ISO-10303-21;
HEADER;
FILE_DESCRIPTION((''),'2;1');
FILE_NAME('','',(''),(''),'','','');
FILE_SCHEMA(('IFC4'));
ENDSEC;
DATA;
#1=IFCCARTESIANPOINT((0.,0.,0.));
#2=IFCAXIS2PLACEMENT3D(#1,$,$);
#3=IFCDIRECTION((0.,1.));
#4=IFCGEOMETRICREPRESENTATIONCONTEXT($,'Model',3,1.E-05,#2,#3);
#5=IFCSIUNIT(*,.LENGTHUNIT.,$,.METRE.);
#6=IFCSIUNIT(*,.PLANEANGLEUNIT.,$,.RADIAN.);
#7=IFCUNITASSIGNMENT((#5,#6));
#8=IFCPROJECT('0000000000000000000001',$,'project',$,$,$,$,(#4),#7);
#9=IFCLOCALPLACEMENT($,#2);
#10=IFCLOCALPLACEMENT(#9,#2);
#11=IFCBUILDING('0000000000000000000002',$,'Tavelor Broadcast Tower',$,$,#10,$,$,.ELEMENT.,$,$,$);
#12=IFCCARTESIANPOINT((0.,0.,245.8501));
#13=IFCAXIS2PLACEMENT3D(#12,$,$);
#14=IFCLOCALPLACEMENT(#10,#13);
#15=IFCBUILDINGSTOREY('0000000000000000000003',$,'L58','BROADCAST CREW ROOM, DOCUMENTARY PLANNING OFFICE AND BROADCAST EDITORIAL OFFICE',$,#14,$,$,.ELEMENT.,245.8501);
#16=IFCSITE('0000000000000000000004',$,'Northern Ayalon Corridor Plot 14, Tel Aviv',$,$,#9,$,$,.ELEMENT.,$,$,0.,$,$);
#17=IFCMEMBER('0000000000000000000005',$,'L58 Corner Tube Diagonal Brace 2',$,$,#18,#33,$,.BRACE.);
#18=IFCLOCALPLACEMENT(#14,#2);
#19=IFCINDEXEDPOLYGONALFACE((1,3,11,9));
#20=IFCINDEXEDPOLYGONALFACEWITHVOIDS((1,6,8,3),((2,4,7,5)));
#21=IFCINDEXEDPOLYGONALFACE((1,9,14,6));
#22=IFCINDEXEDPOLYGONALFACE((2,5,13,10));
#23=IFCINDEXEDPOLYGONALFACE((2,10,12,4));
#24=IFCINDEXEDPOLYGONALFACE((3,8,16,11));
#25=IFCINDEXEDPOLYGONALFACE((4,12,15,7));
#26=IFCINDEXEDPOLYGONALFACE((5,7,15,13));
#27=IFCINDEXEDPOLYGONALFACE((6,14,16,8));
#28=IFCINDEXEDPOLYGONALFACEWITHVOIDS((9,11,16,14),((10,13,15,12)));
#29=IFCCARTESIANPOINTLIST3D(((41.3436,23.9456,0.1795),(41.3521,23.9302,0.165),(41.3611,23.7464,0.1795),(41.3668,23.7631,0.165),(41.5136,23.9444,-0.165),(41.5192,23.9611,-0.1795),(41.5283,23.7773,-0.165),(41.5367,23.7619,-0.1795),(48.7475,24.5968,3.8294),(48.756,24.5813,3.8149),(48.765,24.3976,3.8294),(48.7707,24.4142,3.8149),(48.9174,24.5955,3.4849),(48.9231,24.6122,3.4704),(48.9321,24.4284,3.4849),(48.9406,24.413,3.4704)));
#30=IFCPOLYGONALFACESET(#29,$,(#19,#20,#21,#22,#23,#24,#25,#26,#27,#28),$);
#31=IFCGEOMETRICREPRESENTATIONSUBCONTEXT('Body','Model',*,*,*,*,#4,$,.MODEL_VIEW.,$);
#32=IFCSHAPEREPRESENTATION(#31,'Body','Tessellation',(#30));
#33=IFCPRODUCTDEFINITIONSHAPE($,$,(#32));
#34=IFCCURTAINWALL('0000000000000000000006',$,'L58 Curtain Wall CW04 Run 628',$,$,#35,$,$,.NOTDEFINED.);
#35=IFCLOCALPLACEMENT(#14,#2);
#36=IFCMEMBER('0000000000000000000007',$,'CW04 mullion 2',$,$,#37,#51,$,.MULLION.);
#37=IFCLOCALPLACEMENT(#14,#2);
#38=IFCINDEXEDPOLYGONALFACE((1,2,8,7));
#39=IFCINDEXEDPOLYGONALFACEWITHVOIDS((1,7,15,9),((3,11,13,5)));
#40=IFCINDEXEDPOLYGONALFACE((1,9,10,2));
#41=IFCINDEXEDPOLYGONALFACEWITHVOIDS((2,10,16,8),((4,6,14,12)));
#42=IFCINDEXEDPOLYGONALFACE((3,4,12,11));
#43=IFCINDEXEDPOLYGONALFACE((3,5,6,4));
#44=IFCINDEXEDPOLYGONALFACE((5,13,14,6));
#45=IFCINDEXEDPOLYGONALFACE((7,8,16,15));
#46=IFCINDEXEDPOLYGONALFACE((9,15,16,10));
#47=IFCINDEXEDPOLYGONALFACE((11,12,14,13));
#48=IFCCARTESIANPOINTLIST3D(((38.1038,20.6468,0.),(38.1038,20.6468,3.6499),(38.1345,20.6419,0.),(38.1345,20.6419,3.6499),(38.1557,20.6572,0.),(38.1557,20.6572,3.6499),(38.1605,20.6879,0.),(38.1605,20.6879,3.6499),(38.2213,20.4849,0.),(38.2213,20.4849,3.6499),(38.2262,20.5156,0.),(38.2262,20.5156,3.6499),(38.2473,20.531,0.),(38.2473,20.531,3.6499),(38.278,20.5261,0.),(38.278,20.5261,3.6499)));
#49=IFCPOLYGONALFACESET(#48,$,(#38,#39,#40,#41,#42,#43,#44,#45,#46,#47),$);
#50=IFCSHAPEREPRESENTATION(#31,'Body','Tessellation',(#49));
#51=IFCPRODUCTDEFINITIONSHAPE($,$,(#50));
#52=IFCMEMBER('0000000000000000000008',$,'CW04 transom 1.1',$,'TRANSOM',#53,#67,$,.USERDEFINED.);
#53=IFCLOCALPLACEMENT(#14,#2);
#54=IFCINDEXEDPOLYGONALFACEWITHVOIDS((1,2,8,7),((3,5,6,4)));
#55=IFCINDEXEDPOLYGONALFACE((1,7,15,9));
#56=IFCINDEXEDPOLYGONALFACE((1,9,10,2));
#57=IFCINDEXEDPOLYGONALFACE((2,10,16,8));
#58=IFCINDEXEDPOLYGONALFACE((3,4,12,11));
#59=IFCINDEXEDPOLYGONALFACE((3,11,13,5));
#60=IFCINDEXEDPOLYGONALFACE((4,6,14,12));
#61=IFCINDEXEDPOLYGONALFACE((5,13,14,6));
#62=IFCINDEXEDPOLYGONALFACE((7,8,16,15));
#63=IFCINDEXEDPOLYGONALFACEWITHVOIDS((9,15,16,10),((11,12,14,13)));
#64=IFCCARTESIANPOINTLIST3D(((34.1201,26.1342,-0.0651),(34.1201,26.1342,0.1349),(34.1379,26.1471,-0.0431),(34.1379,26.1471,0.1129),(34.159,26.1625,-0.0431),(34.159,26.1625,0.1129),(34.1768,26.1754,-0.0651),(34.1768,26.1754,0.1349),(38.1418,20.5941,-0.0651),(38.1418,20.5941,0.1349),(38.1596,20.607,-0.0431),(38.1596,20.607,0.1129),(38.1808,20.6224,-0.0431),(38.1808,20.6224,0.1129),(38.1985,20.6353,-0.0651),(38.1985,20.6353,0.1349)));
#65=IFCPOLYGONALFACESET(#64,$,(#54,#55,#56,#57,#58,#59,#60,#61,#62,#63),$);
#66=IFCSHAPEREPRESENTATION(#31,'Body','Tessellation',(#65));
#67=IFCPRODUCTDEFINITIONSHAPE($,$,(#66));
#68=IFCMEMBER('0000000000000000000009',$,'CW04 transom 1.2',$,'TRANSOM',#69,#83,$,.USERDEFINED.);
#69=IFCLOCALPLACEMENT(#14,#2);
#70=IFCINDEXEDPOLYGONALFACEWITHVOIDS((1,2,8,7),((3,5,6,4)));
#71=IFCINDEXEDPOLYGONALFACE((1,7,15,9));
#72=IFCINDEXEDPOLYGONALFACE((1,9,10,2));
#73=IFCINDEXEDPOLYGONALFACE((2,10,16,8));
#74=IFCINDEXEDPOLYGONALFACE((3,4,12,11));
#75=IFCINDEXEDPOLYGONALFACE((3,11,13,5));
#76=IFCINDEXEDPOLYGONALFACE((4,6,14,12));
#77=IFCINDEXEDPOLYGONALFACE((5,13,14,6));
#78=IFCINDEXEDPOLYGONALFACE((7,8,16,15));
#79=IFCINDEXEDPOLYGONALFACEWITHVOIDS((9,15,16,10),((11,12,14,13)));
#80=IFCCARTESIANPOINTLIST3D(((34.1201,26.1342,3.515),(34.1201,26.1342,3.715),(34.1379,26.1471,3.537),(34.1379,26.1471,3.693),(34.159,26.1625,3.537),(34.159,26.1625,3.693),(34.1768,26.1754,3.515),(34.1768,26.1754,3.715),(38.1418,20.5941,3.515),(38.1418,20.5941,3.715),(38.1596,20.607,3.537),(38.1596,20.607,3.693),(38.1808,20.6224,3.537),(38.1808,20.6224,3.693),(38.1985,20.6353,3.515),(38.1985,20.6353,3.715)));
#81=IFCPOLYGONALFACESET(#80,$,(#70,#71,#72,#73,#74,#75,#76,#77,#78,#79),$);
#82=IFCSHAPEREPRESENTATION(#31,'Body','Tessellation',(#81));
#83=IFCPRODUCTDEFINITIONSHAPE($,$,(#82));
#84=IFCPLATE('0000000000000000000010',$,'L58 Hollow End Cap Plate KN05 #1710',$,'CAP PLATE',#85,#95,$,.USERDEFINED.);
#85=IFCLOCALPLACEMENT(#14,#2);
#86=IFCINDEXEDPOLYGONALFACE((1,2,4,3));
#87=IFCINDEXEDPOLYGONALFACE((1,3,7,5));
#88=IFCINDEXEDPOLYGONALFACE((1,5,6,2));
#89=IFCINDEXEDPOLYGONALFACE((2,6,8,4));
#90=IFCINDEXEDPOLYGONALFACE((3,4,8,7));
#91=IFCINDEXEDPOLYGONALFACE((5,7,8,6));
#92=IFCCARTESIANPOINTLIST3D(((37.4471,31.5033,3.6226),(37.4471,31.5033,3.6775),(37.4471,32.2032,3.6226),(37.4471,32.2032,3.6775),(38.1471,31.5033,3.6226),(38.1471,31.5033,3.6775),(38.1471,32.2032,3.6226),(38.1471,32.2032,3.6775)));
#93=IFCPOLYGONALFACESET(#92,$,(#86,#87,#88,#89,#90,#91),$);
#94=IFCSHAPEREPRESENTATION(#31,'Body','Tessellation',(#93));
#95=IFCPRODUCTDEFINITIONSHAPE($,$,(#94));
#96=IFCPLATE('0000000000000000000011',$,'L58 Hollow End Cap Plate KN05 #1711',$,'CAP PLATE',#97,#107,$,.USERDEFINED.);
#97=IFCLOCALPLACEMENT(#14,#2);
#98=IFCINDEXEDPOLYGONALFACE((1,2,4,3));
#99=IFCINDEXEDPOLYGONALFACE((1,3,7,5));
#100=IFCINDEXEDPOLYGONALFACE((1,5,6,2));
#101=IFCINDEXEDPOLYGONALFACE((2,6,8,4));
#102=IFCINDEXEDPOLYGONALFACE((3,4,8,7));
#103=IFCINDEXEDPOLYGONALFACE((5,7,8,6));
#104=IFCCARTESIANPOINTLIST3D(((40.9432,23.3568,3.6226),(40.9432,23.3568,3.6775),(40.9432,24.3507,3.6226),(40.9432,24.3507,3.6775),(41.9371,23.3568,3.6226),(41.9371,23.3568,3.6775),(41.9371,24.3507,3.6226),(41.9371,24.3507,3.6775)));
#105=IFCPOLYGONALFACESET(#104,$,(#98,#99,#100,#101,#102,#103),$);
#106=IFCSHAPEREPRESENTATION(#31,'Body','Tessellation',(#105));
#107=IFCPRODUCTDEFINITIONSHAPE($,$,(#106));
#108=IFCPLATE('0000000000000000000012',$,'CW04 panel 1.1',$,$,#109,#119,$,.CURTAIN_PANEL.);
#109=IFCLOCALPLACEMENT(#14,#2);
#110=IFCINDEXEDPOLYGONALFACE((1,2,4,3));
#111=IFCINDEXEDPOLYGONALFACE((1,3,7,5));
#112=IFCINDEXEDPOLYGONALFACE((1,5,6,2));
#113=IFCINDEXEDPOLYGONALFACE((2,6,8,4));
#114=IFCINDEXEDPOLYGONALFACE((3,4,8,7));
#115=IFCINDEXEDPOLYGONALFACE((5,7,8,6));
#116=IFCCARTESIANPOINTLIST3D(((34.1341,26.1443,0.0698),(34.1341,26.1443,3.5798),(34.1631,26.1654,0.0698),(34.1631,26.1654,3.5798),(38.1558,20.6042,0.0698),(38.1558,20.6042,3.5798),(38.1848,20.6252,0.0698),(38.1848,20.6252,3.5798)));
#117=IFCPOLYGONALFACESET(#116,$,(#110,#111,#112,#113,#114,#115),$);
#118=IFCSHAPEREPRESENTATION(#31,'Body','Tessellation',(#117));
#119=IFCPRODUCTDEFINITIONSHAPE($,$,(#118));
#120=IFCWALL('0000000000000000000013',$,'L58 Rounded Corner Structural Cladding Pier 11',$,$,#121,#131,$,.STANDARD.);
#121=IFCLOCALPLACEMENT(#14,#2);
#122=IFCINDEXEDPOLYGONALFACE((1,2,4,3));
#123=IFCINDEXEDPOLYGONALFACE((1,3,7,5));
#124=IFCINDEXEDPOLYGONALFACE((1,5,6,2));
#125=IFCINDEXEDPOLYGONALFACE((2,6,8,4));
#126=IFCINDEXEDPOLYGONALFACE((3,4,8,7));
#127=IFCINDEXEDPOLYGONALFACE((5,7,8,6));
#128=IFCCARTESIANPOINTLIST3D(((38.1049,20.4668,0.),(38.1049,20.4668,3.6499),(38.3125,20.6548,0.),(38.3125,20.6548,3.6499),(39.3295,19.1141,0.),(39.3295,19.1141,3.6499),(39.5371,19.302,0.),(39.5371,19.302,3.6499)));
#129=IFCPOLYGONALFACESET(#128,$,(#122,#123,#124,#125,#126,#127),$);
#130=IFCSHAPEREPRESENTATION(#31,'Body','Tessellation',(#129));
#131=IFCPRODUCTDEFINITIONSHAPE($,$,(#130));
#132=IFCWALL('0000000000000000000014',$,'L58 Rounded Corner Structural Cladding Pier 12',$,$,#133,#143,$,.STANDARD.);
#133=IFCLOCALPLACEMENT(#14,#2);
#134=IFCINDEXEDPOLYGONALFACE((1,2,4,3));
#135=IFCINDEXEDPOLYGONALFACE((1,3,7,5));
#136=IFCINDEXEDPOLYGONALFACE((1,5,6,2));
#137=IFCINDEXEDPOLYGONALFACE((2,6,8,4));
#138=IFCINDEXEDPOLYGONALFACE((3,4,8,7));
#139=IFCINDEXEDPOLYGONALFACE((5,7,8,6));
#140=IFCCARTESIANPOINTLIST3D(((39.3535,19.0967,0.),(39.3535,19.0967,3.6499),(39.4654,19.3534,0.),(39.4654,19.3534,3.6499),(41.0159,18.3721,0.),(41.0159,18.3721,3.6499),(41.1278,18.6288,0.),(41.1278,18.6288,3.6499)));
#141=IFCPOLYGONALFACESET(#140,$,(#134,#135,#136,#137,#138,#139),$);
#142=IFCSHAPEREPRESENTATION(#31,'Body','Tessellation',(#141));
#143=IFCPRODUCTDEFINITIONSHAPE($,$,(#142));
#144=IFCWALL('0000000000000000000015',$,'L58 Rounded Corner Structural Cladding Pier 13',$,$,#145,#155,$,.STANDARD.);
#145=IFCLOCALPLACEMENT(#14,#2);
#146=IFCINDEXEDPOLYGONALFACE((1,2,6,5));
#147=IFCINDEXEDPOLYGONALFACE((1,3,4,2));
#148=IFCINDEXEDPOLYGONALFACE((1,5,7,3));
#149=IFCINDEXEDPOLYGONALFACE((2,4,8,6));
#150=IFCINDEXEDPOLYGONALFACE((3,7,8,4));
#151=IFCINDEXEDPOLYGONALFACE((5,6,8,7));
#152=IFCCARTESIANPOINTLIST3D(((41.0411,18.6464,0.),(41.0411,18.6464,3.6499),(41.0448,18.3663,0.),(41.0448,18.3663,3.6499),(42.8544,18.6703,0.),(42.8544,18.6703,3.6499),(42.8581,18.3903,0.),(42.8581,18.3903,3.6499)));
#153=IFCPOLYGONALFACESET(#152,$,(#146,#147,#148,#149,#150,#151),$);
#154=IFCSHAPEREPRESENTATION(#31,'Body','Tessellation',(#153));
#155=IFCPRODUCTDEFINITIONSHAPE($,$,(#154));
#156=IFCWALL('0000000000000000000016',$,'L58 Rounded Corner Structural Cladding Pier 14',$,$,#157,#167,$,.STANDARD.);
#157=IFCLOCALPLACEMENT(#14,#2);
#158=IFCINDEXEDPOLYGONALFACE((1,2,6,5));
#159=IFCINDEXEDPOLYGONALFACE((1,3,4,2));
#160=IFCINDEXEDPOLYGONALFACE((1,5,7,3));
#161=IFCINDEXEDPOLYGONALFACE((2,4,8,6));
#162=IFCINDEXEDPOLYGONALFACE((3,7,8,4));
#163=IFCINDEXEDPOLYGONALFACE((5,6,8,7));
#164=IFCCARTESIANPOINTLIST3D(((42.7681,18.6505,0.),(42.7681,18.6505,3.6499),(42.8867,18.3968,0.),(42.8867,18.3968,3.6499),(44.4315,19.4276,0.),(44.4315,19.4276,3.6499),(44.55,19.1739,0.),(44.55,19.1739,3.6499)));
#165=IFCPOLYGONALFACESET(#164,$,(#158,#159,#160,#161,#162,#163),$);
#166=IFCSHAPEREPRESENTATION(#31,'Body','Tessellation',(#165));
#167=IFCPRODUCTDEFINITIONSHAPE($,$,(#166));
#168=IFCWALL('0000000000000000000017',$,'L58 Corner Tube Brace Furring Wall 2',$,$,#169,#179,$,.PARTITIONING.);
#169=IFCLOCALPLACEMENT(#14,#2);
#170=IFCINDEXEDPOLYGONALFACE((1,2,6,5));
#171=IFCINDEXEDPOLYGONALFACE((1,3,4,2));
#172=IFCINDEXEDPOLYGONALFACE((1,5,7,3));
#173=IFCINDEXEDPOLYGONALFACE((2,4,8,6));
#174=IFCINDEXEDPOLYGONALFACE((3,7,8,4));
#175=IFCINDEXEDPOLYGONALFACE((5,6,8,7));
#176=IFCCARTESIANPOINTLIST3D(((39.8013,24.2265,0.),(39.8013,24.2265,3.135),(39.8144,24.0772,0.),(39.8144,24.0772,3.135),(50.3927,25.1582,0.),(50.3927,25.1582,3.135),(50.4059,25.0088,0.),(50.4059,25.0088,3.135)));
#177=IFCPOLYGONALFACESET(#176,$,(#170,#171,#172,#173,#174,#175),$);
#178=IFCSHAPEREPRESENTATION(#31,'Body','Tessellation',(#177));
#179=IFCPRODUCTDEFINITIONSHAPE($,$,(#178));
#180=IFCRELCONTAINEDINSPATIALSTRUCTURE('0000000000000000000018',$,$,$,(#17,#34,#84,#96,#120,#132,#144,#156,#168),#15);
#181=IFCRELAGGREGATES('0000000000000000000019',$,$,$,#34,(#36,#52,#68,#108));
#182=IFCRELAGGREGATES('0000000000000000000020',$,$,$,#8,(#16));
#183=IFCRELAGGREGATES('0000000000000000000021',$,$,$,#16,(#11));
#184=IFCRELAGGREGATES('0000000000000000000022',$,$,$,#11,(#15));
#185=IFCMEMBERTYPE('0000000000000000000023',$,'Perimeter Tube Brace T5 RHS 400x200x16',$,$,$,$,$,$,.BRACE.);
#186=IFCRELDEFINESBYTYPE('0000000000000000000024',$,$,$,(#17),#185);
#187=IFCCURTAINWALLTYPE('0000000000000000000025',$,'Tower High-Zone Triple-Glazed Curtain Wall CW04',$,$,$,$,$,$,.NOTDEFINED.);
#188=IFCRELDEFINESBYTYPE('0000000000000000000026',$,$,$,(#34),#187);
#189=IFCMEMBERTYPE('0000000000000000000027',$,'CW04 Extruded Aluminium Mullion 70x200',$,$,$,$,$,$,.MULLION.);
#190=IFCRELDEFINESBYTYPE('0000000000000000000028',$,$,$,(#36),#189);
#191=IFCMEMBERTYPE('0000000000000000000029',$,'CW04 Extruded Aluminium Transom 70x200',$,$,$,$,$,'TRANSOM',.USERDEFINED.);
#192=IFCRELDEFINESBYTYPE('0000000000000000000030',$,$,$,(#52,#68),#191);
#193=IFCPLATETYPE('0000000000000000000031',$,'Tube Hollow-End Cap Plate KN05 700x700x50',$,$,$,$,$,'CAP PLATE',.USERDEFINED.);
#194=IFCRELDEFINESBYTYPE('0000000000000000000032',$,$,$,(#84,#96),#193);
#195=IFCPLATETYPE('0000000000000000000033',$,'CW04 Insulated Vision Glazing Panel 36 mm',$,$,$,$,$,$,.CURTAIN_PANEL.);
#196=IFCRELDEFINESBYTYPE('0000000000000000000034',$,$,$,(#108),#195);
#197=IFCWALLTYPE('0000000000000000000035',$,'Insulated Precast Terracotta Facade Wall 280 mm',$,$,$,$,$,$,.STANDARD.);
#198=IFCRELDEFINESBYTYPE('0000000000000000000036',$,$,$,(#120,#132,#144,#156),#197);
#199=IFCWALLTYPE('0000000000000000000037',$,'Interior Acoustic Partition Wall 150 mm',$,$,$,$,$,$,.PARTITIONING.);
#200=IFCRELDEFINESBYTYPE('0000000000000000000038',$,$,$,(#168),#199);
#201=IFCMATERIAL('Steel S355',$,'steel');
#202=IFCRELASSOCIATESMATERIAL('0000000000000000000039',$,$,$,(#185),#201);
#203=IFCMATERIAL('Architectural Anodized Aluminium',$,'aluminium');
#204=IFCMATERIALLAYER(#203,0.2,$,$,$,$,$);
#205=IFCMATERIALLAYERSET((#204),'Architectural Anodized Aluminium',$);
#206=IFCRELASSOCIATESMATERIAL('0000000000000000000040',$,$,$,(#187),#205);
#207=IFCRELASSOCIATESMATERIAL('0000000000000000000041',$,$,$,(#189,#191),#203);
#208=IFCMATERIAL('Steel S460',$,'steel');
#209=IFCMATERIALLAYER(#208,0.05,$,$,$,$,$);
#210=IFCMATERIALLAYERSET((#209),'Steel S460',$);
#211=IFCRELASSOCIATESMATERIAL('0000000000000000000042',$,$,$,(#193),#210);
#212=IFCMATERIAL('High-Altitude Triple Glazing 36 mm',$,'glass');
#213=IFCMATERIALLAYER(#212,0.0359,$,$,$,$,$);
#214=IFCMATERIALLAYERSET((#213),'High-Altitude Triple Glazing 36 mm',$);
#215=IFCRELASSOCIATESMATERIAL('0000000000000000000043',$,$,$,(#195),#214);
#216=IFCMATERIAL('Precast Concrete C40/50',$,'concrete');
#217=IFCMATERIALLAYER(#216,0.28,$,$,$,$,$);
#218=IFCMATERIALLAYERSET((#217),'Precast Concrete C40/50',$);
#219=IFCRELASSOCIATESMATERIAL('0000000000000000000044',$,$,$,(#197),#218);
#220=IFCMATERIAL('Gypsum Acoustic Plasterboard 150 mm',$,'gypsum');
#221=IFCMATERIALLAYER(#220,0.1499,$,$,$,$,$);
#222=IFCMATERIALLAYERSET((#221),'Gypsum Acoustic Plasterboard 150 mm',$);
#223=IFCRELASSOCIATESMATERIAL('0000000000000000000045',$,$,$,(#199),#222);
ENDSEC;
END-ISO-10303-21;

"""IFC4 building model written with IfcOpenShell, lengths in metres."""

from ifc_helpers import new_model, si_unit, direction, frame, frame_2d, origin, origin_2d, place, context, subcontext, project, spatial, rectangle, hollow_rectangle, extrude, source, transform, mapped, material, layer, layer_set, material_profile, profile_set, type_object, type_shapes, element, aggregate, save


model = new_model("IFC4")

# Units and contexts
model_context = context("Model", 3, precision=1e-05, world=origin(), true_north=direction((0.0, 1.0)))
body_context = subcontext(model_context, "Body", "Model", "MODEL_VIEW")
ifc_project = project(units=[si_unit("LENGTHUNIT", "METRE"), si_unit("PLANEANGLEUNIT", "RADIAN")], contexts=[model_context])

# Site, building, storey
site_placement = place(None, origin())
site = spatial("IfcSite", under=ifc_project, at=site_placement, Name="Northern Ayalon Corridor Plot 14, Tel Aviv", CompositionType="ELEMENT", RefElevation=0.0)
building_placement = place(site_placement, origin())
building = spatial("IfcBuilding", under=site, at=building_placement, Name="Tavelor Broadcast Tower", CompositionType="ELEMENT")
storey_placement = place(building_placement, frame((0.0, 0.0, 245.8501)))
storey = spatial("IfcBuildingStorey", under=building, at=storey_placement, Name="L58", Description="BROADCAST CREW ROOM, DOCUMENTARY PLANNING OFFICE AND BROADCAST EDITORIAL OFFICE", CompositionType="ELEMENT", Elevation=245.8501)

# Shared definitions
ifc_material_1 = material(Name="Steel S460", Category="steel")

# Shared definitions
ifc_material_2 = material(Name="Steel S355", Category="steel")

# Member
ifc_material_profile_1 = material_profile(ifc_material_2, hollow_rectangle(XDim=0.2, YDim=0.3999, WallThickness=0.0161, at=origin_2d()), Name="RHS 400x200x16")
ifc_profile_set_1 = profile_set([ifc_material_profile_1], Name="Steel S355")
member_type_1 = type_object("IfcMemberType", Name="Perimeter Tube Brace T5 RHS 400x200x16", PredefinedType="BRACE", material=ifc_profile_set_1)
member_1_placement = place(storey_placement, frame((41.4402, 23.8538, 0.0), z_axis=(0.894155, 0.078636, 0.440797), x_axis=(-0.087606, 0.996155, 0.0)))
element("IfcMember", 1, at=member_1_placement, inside=storey, type_object=member_type_1, Name="L58 Corner Tube Diagonal Brace 2", PredefinedType="BRACE", context=body_context, shape_type="SweptSolid", body=[
    extrude(hollow_rectangle(XDim=0.2, YDim=0.3999, WallThickness=0.0161, at=origin_2d()), origin(), (0.0, 0.0, 1.0), 8.2803),
])

# Curtain wall, members
ifc_material_3 = material(Name="Architectural Anodized Aluminium", Category="aluminium")
ifc_layer_1 = layer(ifc_material_3, 0.2)
ifc_layer_set_1 = layer_set([ifc_layer_1], Name="Architectural Anodized Aluminium")
curtain_wall_type = type_object("IfcCurtainWallType", Name="Tower High-Zone Triple-Glazed Curtain Wall CW04", PredefinedType="NOTDEFINED", material=ifc_layer_set_1)
curtain_wall_placement = place(storey_placement, origin())
curtain_wall = element("IfcCurtainWall", 2, at=curtain_wall_placement, inside=storey, type_object=curtain_wall_type, Name="L58 Curtain Wall CW04 Run 628", PredefinedType="NOTDEFINED")
ifc_material_profile_2 = material_profile(ifc_material_3, hollow_rectangle(XDim=0.0701, YDim=0.2, WallThickness=0.022, at=origin_2d()), Name="RHS 70x200x22")
ifc_profile_set_2 = profile_set([ifc_material_profile_2], Name="Architectural Anodized Aluminium")
member_type_2 = type_object("IfcMemberType", Name="CW04 Extruded Aluminium Mullion 70x200", PredefinedType="MULLION", material=ifc_profile_set_2)
shared_shape_1 = source(origin(), body_context, "Body", "SweptSolid", [
    extrude(hollow_rectangle(XDim=0.0701, YDim=0.2, WallThickness=0.022, at=origin_2d()), origin(), (0.0, 0.0, 1.0), 3.6499),
])
type_shapes(member_type_2, [shared_shape_1])
member_2_placement = place(storey_placement, frame((38.1909, 20.5864, 0.0), z_axis=(0.0, 0.0, 1.0), x_axis=(0.809256, 0.587457, 0.0)))
member_2 = element("IfcMember", 3, at=member_2_placement, type_object=member_type_2, Name="CW04 mullion 2", PredefinedType="MULLION", context=body_context, shape_type="MappedRepresentation", body=[
    mapped(shared_shape_1, transform((0.0, 0.0, 0.0), scale=1.0)),
])
ifc_material_profile_3 = material_profile(ifc_material_3, hollow_rectangle(XDim=0.0701, YDim=0.2, WallThickness=0.022, at=origin_2d()), Name="RHS 70x200x22")
ifc_profile_set_3 = profile_set([ifc_material_profile_3], Name="Architectural Anodized Aluminium")
member_type_3 = type_object("IfcMemberType", Name="CW04 Extruded Aluminium Transom 70x200", ElementType="TRANSOM", PredefinedType="USERDEFINED", material=ifc_profile_set_3)
shared_shape_2 = source(origin(), body_context, "Body", "SweptSolid", [
    extrude(hollow_rectangle(XDim=0.0701, YDim=0.2, WallThickness=0.022, at=origin_2d()), origin(), (0.0, 0.0, 1.0), 6.8459),
])
type_shapes(member_type_3, [shared_shape_2])
member_3_placement = place(storey_placement, frame((34.1484, 26.1548, 0.0349), z_axis=(0.587465, -0.809249, 0.0), x_axis=(0.809249, 0.587465, 0.0)))
member_3 = element("IfcMember", 4, at=member_3_placement, type_object=member_type_3, Name="CW04 transom 1.1", ObjectType="TRANSOM", PredefinedType="USERDEFINED", context=body_context, shape_type="MappedRepresentation", body=[
    mapped(shared_shape_2, transform((0.0, 0.0, 0.0), scale=1.0)),
])
member_4_placement = place(storey_placement, frame((34.1484, 26.1548, 3.615), z_axis=(0.587465, -0.809249, 0.0), x_axis=(0.809249, 0.587465, 0.0)))
member_4 = element("IfcMember", 5, at=member_4_placement, type_object=member_type_3, Name="CW04 transom 1.2", ObjectType="TRANSOM", PredefinedType="USERDEFINED", context=body_context, shape_type="MappedRepresentation", body=[
    mapped(shared_shape_2, transform((0.0, 0.0, 0.0), scale=1.0)),
])

# Plates
ifc_layer_2 = layer(ifc_material_1, 0.05)
ifc_layer_set_2 = layer_set([ifc_layer_2], Name="Steel S460")
plate_type_1 = type_object("IfcPlateType", Name="Tube Hollow-End Cap Plate KN05 700x700x50", ElementType="CAP PLATE", PredefinedType="USERDEFINED", material=ifc_layer_set_2)
shared_shape_3 = source(origin(), body_context, "Body", "SweptSolid", [
    extrude(rectangle(XDim=0.7, YDim=0.7, at=origin_2d()), origin(), (0.0, 0.0, 1.0), 0.0549),
])
plate_1_placement = place(storey_placement, frame((37.7971, 31.8533, 3.6226), z_axis=(0.0, 0.0, 1.0), x_axis=(1.0, 0.0, 0.0)))
element("IfcPlate", 6, at=plate_1_placement, inside=storey, type_object=plate_type_1, Name="L58 Hollow End Cap Plate KN05 #1710", ObjectType="CAP PLATE", PredefinedType="USERDEFINED", context=body_context, shape_type="MappedRepresentation", body=[
    mapped(shared_shape_3, transform((0.0, 0.0, 0.0), scale=1.0)),
])
shared_shape_4 = source(origin(), body_context, "Body", "SweptSolid", [
    extrude(rectangle(XDim=0.9939, YDim=0.9939, at=origin_2d()), origin(), (0.0, 0.0, 1.0), 0.0549),
])
type_shapes(plate_type_1, [shared_shape_3, shared_shape_4])
plate_2_placement = place(storey_placement, frame((41.4402, 23.8538, 3.6226), z_axis=(0.0, 0.0, 1.0), x_axis=(1.0, 0.0, 0.0)))
element("IfcPlate", 7, at=plate_2_placement, inside=storey, type_object=plate_type_1, Name="L58 Hollow End Cap Plate KN05 #1711", ObjectType="CAP PLATE", PredefinedType="USERDEFINED", context=body_context, shape_type="MappedRepresentation", body=[
    mapped(shared_shape_4, transform((0.0, 0.0, 0.0), scale=1.0)),
])

# Plate
ifc_material_4 = material(Name="High-Altitude Triple Glazing 36 mm", Category="glass")
ifc_layer_3 = layer(ifc_material_4, 0.0359)
ifc_layer_set_3 = layer_set([ifc_layer_3], Name="High-Altitude Triple Glazing 36 mm")
plate_type_2 = type_object("IfcPlateType", Name="CW04 Insulated Vision Glazing Panel 36 mm", PredefinedType="CURTAIN_PANEL", material=ifc_layer_set_3)
shared_shape_5 = source(origin(), body_context, "Body", "SweptSolid", [
    extrude(rectangle(XDim=6.8459, YDim=0.0359, at=origin_2d()), origin(), (0.0, 0.0, 1.0), 3.51),
])
type_shapes(plate_type_2, [shared_shape_5])
plate_3_placement = place(storey_placement, frame((36.1594, 23.3848, 0.0698), z_axis=(0.0, 0.0, 1.0), x_axis=(0.587457, -0.809256, 0.0)))
plate_3 = element("IfcPlate", 8, at=plate_3_placement, type_object=plate_type_2, Name="CW04 panel 1.1", PredefinedType="CURTAIN_PANEL", context=body_context, shape_type="MappedRepresentation", body=[
    mapped(shared_shape_5, transform((0.0, 0.0, 0.0), scale=1.0)),
])
aggregate(curtain_wall, [member_2, member_3, member_4, plate_3])

# Walls
ifc_material_5 = material(Name="Precast Concrete C40/50", Category="concrete")
ifc_layer_4 = layer(ifc_material_5, 0.28)
ifc_layer_set_4 = layer_set([ifc_layer_4], Name="Precast Concrete C40/50")
wall_type_1 = type_object("IfcWallType", Name="Insulated Precast Terracotta Facade Wall 280 mm", PredefinedType="STANDARD", material=ifc_layer_set_4)
wall_1_placement = place(storey_placement, frame((38.2087, 20.5608, 0.0), z_axis=(0.0, 0.0, 1.0), x_axis=(0.671113, -0.741355, 0.0)))
element("IfcWall", 9, at=wall_1_placement, inside=storey, type_object=wall_type_1, Name="L58 Rounded Corner Structural Cladding Pier 11", PredefinedType="STANDARD", context=body_context, shape_type="SweptSolid", body=[
    extrude(rectangle(XDim=1.8247, YDim=0.28, at=frame_2d((0.9124, 0.0))), origin(), (0.0, 0.0, 1.0), 3.6499),
])
for number, where, z_axis, x_axis, name in (
    (10, (39.4094, 19.2251, 0.0), (0.0, 0.0, 1.0), (0.916697, -0.399583, 0.0), "L58 Rounded Corner Structural Cladding Pier 12"),
    (11, (41.043, 18.5063, 0.0), (0.0, 0.0, 1.0), (0.999913, 0.013194, 0.0), "L58 Rounded Corner Structural Cladding Pier 13"),
):
    element("IfcWall", number, at=place(storey_placement, frame(where, z_axis=z_axis, x_axis=x_axis)), inside=storey, type_object=wall_type_1, Name=name, PredefinedType="STANDARD", context=body_context, shape_type="SweptSolid", body=[
        extrude(rectangle(XDim=1.8135, YDim=0.28, at=frame_2d((0.9067, 0.0))), origin(), (0.0, 0.0, 1.0), 3.6499),
    ])
wall_2_placement = place(storey_placement, frame((42.8274, 18.5237, 0.0), z_axis=(0.0, 0.0, 1.0), x_axis=(0.906, 0.423279, 0.0)))
element("IfcWall", 12, at=wall_2_placement, inside=storey, type_object=wall_type_1, Name="L58 Rounded Corner Structural Cladding Pier 14", PredefinedType="STANDARD", context=body_context, shape_type="SweptSolid", body=[
    extrude(rectangle(XDim=1.8359, YDim=0.28, at=frame_2d((0.918, 0.0))), origin(), (0.0, 0.0, 1.0), 3.6499),
])
ifc_material_6 = material(Name="Gypsum Acoustic Plasterboard 150 mm", Category="gypsum")
ifc_layer_5 = layer(ifc_material_6, 0.1499)
ifc_layer_set_5 = layer_set([ifc_layer_5], Name="Gypsum Acoustic Plasterboard 150 mm")
wall_type_2 = type_object("IfcWallType", Name="Interior Acoustic Partition Wall 150 mm", PredefinedType="PARTITIONING", material=ifc_layer_set_5)
wall_3_placement = place(storey_placement, frame((39.8079, 24.1519, 0.0), z_axis=(0.0, 0.0, 1.0), x_axis=(0.996154, 0.087624, 0.0)))
element("IfcWall", 13, at=wall_3_placement, inside=storey, type_object=wall_type_2, Name="L58 Corner Tube Brace Furring Wall 2", PredefinedType="PARTITIONING", context=body_context, shape_type="SweptSolid", body=[
    extrude(rectangle(XDim=10.6323, YDim=0.1499, at=frame_2d((5.3162, 0.0))), origin(), (0.0, 0.0, 1.0), 3.135),
])

save(model, "model.ifc")
